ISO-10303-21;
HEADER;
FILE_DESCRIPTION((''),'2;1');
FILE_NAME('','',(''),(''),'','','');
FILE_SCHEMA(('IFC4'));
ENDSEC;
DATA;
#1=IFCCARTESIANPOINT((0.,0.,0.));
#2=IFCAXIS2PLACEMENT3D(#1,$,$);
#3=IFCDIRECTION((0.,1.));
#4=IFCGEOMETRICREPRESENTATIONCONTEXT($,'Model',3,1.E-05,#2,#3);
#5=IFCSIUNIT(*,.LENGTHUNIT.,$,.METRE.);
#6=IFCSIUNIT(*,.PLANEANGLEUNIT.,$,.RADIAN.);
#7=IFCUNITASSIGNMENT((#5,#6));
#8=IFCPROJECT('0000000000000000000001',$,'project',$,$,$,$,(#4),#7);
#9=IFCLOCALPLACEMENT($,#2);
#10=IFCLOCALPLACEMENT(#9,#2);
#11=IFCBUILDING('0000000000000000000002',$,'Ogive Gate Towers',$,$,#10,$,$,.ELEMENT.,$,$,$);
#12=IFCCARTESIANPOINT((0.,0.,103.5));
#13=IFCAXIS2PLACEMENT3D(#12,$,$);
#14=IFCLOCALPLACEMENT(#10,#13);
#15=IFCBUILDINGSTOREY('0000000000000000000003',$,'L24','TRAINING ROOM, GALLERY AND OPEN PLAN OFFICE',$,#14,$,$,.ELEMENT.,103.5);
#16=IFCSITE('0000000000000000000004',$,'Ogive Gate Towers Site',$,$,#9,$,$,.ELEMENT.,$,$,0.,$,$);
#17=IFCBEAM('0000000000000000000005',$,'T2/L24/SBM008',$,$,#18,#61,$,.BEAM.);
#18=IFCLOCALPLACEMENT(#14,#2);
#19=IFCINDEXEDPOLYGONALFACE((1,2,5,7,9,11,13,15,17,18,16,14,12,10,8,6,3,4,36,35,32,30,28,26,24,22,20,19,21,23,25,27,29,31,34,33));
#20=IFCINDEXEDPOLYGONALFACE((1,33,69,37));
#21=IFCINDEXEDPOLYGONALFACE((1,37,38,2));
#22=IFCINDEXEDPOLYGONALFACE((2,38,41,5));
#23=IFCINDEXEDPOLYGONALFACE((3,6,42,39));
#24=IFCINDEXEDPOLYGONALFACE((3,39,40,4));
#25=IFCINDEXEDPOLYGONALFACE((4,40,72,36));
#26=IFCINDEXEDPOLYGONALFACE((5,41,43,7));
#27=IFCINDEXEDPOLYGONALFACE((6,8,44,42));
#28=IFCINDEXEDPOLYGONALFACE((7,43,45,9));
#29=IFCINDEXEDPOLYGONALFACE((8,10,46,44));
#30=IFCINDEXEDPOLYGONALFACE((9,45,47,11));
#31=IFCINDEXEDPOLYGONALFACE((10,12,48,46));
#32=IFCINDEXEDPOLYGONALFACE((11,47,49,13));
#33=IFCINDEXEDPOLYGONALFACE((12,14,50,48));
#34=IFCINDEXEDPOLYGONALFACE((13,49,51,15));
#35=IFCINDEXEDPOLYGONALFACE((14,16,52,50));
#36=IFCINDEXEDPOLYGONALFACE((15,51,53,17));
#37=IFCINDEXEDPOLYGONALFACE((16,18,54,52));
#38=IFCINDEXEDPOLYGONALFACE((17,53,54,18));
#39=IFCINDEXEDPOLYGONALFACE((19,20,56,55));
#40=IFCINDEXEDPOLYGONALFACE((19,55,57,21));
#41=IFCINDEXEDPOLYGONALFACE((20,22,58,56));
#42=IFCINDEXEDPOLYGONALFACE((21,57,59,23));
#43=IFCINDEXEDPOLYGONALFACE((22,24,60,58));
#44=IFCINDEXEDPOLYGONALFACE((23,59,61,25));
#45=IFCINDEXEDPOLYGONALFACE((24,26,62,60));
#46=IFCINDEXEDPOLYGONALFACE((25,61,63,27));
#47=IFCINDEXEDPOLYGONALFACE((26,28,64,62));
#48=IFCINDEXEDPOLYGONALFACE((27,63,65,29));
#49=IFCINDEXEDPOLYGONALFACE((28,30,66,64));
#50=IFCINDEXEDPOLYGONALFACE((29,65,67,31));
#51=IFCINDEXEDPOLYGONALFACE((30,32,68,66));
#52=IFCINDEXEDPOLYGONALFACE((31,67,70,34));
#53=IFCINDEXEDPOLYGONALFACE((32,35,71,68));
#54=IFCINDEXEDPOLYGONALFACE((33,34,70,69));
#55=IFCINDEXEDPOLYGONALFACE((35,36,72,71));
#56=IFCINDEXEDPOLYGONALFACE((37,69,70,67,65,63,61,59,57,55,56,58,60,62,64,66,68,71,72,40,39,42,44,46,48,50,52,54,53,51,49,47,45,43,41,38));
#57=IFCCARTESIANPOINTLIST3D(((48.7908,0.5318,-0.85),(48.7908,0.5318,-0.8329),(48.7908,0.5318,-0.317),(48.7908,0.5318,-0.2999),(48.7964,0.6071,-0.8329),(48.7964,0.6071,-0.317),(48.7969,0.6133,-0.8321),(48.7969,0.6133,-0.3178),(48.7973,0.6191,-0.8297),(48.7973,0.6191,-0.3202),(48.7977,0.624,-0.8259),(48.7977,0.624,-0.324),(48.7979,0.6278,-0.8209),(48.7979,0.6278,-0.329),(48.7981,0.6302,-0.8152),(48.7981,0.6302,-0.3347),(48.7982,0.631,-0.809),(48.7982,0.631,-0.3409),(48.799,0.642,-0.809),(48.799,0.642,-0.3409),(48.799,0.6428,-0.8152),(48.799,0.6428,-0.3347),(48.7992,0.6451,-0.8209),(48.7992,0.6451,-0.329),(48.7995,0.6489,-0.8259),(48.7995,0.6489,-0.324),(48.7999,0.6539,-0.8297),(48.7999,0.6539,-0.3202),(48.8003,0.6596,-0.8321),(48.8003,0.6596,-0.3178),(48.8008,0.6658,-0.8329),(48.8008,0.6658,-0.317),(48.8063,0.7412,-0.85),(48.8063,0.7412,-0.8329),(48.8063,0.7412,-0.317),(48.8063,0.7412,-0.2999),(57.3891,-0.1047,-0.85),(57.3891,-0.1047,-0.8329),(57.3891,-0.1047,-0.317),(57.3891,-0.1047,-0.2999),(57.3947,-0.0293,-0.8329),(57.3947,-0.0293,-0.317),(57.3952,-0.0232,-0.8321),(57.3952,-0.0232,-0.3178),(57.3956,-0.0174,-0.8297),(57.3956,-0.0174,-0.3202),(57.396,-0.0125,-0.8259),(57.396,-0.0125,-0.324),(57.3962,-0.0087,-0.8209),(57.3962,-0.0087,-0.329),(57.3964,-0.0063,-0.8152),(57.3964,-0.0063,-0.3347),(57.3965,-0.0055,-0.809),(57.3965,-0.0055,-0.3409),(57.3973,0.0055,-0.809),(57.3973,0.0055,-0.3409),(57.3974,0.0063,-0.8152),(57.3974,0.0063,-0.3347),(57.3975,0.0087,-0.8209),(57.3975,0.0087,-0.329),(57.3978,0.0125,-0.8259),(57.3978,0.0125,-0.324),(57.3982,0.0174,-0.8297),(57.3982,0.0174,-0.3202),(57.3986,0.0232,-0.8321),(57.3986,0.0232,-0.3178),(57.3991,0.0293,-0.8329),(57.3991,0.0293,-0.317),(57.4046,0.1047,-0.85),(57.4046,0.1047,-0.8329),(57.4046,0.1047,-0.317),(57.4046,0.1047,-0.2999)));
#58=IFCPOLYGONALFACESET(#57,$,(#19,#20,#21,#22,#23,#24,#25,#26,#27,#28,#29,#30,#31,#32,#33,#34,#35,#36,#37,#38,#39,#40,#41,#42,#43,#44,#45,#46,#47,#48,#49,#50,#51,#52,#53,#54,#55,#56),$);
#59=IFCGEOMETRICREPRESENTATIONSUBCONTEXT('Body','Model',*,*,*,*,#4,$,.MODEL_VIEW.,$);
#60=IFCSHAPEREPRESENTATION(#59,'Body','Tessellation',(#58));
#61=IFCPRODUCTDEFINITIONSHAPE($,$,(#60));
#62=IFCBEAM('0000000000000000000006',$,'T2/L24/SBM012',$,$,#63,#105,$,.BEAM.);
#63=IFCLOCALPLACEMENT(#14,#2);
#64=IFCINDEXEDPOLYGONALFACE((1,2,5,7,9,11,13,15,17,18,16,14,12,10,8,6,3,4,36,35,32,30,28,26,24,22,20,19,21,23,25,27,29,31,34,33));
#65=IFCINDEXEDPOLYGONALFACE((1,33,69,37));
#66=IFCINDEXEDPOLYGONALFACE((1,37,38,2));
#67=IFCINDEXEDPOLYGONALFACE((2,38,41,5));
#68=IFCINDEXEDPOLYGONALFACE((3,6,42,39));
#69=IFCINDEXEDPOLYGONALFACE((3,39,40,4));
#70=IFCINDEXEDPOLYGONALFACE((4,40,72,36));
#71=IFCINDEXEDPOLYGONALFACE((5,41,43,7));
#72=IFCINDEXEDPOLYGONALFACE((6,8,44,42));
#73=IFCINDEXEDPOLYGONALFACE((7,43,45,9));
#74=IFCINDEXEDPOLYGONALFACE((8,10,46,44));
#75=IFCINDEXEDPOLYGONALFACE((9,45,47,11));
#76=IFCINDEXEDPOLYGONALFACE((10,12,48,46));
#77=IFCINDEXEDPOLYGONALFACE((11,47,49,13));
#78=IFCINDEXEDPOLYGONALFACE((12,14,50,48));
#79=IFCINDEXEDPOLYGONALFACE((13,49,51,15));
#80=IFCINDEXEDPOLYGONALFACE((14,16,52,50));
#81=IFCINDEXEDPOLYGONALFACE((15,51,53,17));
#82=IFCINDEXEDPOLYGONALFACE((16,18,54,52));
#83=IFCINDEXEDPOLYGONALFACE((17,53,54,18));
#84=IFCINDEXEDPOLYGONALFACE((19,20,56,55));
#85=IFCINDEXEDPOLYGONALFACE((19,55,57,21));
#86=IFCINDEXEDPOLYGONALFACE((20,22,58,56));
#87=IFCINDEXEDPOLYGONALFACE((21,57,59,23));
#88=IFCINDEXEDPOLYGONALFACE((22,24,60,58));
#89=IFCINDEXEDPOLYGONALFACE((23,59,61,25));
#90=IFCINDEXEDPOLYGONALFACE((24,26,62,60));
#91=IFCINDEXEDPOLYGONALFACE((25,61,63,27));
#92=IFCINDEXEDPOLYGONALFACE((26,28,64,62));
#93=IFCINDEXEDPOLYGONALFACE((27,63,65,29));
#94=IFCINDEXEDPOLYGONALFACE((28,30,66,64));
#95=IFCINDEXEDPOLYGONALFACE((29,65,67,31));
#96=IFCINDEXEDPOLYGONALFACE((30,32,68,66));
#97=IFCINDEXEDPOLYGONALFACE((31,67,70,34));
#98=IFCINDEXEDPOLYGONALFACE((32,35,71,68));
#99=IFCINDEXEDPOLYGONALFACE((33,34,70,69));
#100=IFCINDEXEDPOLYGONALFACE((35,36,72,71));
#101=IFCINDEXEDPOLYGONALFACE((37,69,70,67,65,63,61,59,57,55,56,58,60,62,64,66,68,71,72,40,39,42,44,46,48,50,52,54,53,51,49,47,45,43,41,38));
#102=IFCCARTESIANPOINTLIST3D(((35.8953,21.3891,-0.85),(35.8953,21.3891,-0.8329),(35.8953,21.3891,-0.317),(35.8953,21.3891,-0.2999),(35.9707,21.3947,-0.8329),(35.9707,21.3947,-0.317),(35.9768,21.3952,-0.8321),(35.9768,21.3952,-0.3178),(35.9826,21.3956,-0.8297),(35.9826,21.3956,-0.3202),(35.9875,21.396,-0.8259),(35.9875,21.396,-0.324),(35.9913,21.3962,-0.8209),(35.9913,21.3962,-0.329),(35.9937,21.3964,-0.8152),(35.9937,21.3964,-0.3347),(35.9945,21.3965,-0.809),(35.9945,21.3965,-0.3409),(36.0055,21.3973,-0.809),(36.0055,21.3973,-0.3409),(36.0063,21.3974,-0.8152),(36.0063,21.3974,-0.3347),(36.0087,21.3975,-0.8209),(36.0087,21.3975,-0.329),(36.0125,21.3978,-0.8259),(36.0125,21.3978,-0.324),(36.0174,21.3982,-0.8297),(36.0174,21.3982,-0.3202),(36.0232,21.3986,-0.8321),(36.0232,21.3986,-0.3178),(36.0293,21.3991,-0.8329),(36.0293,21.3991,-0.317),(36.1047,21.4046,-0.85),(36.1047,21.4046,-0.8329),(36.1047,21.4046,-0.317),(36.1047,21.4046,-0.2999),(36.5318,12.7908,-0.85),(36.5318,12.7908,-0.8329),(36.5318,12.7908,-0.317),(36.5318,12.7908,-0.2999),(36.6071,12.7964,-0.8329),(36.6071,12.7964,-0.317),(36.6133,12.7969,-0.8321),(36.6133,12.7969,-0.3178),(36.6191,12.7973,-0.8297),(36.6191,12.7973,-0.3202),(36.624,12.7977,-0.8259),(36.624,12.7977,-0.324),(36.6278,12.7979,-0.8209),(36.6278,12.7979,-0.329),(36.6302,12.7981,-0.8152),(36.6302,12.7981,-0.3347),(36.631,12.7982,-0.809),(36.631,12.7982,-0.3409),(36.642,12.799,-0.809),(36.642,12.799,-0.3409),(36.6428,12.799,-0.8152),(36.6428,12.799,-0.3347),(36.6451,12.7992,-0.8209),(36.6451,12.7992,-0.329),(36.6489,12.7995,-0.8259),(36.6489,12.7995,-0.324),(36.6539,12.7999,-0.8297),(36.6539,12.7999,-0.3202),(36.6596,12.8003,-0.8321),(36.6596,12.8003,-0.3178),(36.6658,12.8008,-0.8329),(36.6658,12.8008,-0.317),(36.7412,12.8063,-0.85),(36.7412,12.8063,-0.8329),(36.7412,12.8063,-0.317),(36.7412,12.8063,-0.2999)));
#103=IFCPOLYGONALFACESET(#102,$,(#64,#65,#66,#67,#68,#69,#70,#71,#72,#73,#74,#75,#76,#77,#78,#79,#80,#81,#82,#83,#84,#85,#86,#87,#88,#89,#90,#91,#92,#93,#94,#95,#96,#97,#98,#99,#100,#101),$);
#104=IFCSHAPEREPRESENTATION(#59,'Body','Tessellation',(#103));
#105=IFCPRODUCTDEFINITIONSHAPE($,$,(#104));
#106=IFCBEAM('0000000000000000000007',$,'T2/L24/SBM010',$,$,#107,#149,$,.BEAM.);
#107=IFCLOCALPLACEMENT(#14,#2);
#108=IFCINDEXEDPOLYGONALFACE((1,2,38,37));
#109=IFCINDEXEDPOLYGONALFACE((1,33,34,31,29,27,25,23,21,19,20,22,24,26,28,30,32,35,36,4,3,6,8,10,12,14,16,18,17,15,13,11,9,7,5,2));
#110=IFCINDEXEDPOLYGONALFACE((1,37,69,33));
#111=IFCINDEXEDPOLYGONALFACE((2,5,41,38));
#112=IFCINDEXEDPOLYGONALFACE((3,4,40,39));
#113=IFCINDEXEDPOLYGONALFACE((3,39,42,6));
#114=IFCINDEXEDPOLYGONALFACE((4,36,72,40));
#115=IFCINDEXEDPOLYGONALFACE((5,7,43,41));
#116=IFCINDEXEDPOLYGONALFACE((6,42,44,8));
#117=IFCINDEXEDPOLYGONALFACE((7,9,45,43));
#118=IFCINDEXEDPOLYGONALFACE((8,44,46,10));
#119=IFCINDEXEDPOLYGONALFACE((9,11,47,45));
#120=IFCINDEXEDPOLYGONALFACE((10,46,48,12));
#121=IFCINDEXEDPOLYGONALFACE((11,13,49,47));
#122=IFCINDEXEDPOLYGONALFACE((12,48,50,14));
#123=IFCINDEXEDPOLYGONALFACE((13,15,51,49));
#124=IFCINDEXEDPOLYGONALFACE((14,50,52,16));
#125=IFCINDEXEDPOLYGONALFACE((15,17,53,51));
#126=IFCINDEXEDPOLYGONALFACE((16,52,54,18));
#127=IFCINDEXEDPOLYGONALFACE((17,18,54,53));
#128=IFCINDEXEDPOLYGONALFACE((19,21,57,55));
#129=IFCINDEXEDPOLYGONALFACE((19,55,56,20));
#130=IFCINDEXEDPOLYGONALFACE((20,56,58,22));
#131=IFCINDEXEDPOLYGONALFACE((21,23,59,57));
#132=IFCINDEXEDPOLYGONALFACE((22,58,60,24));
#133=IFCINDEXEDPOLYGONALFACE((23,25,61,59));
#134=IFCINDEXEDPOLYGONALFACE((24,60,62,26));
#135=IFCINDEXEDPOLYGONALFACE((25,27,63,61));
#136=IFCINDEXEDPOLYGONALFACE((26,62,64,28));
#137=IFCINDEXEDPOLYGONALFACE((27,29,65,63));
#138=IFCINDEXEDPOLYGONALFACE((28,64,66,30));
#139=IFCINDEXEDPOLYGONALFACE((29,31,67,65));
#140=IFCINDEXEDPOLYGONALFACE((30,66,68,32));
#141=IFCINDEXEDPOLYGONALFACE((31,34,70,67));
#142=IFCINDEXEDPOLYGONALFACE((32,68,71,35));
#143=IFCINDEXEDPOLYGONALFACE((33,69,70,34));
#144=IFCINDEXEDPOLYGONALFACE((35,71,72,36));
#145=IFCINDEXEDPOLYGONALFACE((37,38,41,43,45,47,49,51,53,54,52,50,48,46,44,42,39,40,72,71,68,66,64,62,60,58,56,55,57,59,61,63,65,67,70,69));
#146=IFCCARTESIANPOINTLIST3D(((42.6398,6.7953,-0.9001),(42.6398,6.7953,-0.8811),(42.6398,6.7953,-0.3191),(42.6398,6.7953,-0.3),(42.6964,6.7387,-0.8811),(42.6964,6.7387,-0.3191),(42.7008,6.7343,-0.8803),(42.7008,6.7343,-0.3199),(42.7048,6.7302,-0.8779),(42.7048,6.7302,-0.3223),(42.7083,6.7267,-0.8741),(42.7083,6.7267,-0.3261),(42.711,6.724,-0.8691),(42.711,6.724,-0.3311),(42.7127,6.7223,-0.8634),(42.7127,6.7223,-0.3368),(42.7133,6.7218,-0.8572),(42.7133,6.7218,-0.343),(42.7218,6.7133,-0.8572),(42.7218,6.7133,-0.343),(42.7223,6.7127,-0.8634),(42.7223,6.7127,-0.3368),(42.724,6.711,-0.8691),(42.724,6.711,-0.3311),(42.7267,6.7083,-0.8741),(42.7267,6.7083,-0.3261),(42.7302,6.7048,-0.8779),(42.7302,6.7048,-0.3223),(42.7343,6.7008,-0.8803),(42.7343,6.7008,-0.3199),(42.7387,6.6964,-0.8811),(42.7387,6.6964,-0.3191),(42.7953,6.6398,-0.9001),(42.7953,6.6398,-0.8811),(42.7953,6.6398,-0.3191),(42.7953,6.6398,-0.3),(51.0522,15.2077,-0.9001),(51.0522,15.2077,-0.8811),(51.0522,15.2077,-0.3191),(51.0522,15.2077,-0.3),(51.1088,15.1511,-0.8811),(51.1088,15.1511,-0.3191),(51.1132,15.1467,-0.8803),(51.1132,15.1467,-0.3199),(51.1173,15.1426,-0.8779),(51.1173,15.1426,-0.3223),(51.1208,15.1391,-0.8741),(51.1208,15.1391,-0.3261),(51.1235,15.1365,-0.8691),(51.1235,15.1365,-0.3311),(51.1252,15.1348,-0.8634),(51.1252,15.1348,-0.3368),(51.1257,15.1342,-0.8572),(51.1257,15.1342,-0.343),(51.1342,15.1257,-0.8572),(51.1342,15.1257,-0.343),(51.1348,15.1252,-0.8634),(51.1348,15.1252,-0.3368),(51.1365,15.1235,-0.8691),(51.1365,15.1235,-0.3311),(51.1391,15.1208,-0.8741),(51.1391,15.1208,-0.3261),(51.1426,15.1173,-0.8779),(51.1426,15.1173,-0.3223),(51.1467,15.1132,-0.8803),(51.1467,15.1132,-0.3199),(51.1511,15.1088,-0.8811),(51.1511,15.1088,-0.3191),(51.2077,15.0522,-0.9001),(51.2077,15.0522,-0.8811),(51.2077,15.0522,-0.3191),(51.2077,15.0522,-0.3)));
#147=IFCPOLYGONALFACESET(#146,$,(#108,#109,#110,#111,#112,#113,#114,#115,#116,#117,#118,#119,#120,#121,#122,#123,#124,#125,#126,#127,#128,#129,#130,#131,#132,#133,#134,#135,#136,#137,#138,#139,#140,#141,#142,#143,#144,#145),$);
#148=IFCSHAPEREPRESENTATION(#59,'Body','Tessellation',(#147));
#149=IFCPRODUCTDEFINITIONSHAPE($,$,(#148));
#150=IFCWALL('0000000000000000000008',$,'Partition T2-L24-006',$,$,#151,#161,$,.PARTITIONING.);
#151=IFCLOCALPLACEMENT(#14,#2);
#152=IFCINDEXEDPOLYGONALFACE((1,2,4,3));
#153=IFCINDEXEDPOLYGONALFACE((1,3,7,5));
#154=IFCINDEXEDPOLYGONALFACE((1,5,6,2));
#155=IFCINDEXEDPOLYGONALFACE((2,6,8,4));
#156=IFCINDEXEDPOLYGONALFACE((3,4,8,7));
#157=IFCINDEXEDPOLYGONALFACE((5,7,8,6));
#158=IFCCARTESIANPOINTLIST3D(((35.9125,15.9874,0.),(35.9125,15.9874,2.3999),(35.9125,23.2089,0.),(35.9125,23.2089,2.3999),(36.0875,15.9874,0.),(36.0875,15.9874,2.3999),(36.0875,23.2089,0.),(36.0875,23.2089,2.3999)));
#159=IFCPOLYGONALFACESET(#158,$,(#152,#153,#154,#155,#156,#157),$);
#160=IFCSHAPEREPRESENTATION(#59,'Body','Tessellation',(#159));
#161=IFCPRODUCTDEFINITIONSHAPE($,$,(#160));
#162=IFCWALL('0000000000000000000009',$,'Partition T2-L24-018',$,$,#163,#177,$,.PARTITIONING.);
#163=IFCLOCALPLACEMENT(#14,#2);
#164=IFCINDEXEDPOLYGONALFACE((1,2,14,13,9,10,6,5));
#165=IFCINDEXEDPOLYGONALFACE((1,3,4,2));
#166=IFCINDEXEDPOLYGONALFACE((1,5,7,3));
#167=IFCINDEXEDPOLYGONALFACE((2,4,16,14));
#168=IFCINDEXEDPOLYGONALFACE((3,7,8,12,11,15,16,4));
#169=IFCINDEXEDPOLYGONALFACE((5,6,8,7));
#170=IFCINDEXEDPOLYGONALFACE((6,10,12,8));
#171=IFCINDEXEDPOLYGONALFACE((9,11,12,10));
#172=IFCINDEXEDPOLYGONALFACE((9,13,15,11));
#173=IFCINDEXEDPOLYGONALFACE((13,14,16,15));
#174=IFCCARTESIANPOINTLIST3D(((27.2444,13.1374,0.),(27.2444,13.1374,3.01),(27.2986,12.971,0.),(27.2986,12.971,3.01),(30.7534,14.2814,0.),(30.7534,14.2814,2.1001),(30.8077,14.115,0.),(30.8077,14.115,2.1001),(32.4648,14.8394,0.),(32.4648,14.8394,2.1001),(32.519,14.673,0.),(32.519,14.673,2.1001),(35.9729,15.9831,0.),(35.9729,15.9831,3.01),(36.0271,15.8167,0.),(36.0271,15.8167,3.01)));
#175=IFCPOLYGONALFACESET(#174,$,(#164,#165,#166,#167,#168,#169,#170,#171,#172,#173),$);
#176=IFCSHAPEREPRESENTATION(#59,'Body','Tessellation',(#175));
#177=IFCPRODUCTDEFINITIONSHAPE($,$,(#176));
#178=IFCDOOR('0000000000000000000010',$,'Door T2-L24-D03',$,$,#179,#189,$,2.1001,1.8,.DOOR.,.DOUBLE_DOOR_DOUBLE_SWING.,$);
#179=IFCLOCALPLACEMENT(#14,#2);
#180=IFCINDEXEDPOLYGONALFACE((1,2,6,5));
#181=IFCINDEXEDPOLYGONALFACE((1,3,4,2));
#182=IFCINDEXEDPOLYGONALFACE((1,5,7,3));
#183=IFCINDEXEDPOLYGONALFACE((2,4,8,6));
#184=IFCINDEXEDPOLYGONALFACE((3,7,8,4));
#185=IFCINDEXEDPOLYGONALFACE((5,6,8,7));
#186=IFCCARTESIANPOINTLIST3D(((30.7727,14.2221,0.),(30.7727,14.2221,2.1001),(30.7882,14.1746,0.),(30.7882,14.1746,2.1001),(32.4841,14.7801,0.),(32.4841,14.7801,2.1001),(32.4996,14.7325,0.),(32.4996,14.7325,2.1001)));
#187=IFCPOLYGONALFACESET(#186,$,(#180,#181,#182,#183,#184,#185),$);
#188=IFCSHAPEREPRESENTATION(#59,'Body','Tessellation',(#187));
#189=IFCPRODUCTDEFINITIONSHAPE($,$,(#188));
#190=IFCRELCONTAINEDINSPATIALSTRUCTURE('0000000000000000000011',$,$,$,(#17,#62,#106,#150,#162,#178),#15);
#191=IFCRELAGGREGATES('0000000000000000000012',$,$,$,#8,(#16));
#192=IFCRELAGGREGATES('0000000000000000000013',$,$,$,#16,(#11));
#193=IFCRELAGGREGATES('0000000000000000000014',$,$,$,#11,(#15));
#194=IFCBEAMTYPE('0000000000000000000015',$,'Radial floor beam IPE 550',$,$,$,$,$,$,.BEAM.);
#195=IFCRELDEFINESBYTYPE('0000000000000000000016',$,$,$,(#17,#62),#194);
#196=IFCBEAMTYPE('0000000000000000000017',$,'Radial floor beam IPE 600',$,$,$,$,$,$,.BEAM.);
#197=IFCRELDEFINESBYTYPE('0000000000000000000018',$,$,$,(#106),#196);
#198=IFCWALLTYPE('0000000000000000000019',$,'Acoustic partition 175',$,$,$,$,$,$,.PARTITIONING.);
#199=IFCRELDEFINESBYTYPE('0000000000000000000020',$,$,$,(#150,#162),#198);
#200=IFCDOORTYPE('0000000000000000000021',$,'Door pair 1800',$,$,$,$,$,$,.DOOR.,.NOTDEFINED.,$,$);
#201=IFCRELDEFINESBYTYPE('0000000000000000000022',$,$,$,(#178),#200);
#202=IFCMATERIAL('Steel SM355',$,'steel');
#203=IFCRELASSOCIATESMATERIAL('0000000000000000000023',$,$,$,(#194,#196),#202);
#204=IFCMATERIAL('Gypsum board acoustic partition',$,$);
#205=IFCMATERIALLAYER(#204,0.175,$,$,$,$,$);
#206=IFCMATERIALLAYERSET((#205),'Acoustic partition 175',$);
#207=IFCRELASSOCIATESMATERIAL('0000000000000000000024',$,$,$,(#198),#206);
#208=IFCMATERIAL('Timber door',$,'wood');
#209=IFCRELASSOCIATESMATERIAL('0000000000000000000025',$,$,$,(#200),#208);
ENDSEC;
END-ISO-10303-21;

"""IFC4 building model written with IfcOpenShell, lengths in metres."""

from ifc_helpers import new_model, si_unit, direction, frame, frame_2d, origin, origin_2d, place, context, subcontext, project, spatial, rectangle, i_section, extrude, material, layer, layer_set, material_profile, profile_set, type_object, element, fill, save


model = new_model("IFC4")

# Units and contexts
model_context = context("Model", 3, precision=1e-05, world=origin(), true_north=direction((0.0, 1.0)))
body_context = subcontext(model_context, "Body", "Model", "MODEL_VIEW")
ifc_project = project(units=[si_unit("LENGTHUNIT", "METRE"), si_unit("PLANEANGLEUNIT", "RADIAN")], contexts=[model_context])

# Site, building, storey
site_placement = place(None, origin())
site = spatial("IfcSite", under=ifc_project, at=site_placement, Name="Ogive Gate Towers Site", CompositionType="ELEMENT", RefElevation=0.0)
building_placement = place(site_placement, origin())
building = spatial("IfcBuilding", under=site, at=building_placement, Name="Ogive Gate Towers", CompositionType="ELEMENT")
storey_placement = place(building_placement, frame((0.0, 0.0, 103.5)))
storey = spatial("IfcBuildingStorey", under=building, at=storey_placement, Name="L24", Description="TRAINING ROOM, GALLERY AND OPEN PLAN OFFICE", CompositionType="ELEMENT", Elevation=103.5)

# Beams
ifc_material_1 = material(Name="Steel SM355", Category="steel")
ifc_material_profile_1 = material_profile(ifc_material_1, i_section(OverallWidth=0.21, OverallDepth=0.55, WebThickness=0.011, FlangeThickness=0.0171, FilletRadius=0.0239, at=origin_2d()), Name="IPE 550")
ifc_profile_set_1 = profile_set([ifc_material_profile_1], Name="Steel SM355")
beam_type_1 = type_object("IfcBeamType", Name="Radial floor beam IPE 550", PredefinedType="BEAM", material=ifc_profile_set_1)
for number, where, z_axis, x_axis, name in (
    (1, (48.7986, 0.6365, -0.575), (0.997272, -0.073821, 0.0), (0.073821, 0.997272, 0.0), "T2/L24/SBM008"),
    (2, (36.6365, 12.7986, -0.575), (-0.073821, 0.997272, 0.0), (-0.997272, -0.073821, 0.0), "T2/L24/SBM012"),
):
    element("IfcBeam", number, at=place(storey_placement, frame(where, z_axis=z_axis, x_axis=x_axis)), inside=storey, type_object=beam_type_1, Name=name, PredefinedType="BEAM", context=body_context, shape_type="SweptSolid", body=[
        extrude(i_section(OverallWidth=0.21, OverallDepth=0.55, WebThickness=0.011, FlangeThickness=0.0171, FilletRadius=0.0239, at=origin_2d()), origin(), (0.0, 0.0, 1.0), 8.6218),
    ])
ifc_material_profile_2 = material_profile(ifc_material_1, i_section(OverallWidth=0.22, OverallDepth=0.6001, WebThickness=0.012, FlangeThickness=0.019, FilletRadius=0.0239, at=origin_2d()), Name="IPE 600")
ifc_profile_set_2 = profile_set([ifc_material_profile_2], Name="Steel SM355")
beam_type_2 = type_object("IfcBeamType", Name="Radial floor beam IPE 600", PredefinedType="BEAM", material=ifc_profile_set_2)
beam_1_placement = place(storey_placement, frame((42.7175, 6.7175, -0.6001), z_axis=(0.707107, 0.707107, 0.0), x_axis=(-0.707107, 0.707107, 0.0)))
element("IfcBeam", 3, at=beam_1_placement, inside=storey, type_object=beam_type_2, Name="T2/L24/SBM010", PredefinedType="BEAM", context=body_context, shape_type="SweptSolid", body=[
    extrude(i_section(OverallWidth=0.22, OverallDepth=0.6001, WebThickness=0.012, FlangeThickness=0.019, FilletRadius=0.0239, at=origin_2d()), origin(), (0.0, 0.0, 1.0), 11.897),
])

# Wall
ifc_material_2 = material(Name="Gypsum board acoustic partition")
ifc_layer_1 = layer(ifc_material_2, 0.175)
ifc_layer_set_1 = layer_set([ifc_layer_1], Name="Acoustic partition 175")
wall_type_1 = type_object("IfcWallType", Name="Acoustic partition 175", PredefinedType="PARTITIONING", material=ifc_layer_set_1)
wall_1_placement = place(storey_placement, frame((36.0, 23.209, 0.0), z_axis=(0.0, 0.0, 1.0), x_axis=(0.0, -1.0, 0.0)))
element("IfcWall", 4, at=wall_1_placement, inside=storey, type_object=wall_type_1, Name="Partition T2-L24-006", PredefinedType="PARTITIONING", context=body_context, shape_type="SweptSolid", body=[
    extrude(rectangle(XDim=7.2214, YDim=0.175, at=frame_2d((3.6108, 0.0))), origin(), (0.0, 0.0, 1.0), 2.3999),
])

# Wall, opening, door
wall_2_placement = place(storey_placement, frame((36.0, 15.8999, 0.0), z_axis=(0.0, 0.0, 1.0), x_axis=(-0.950748, -0.309966, 0.0)))
wall_2 = element("IfcWall", 5, at=wall_2_placement, inside=storey, type_object=wall_type_1, Name="Partition T2-L24-018", PredefinedType="PARTITIONING", context=body_context, shape_type="SweptSolid", body=[
    extrude(rectangle(XDim=9.1807, YDim=0.175, at=frame_2d((4.5903, 0.0))), origin(), (0.0, 0.0, 1.0), 3.01),
])
opening_1_placement = place(wall_2_placement, frame((3.6899, 0.0, 0.0)))
opening_1 = element("IfcOpeningElement", 6, at=opening_1_placement, cuts=wall_2, PredefinedType="OPENING", context=body_context, shape_type="SweptSolid", body=[
    extrude(rectangle(XDim=1.8, YDim=2.1001, at=frame_2d((0.8999, 1.05))), frame((0.0, 0.0977, 0.0), z_axis=(0.0, -1.0, 0.0), x_axis=(1.0, 0.0, 0.0)), (0.0, 0.0, 1.0), 0.1951),
])
ifc_material_3 = material(Name="Timber door", Category="wood")
door_type_1 = type_object("IfcDoorType", Name="Door pair 1800", OperationType="NOTDEFINED", PredefinedType="DOOR", material=ifc_material_3)
door_1_placement = place(opening_1_placement, origin())
door_1 = element("IfcDoor", 7, at=door_1_placement, inside=storey, type_object=door_type_1, Name="Door T2-L24-D03", OperationType="DOUBLE_DOOR_DOUBLE_SWING", OverallHeight=2.1001, OverallWidth=1.8, PredefinedType="DOOR", context=body_context, shape_type="SweptSolid", body=[
    extrude(rectangle(XDim=1.8, YDim=2.1001, at=frame_2d((0.8999, 1.05))), frame((0.0, 0.0249, 0.0), z_axis=(0.0, -1.0, 0.0), x_axis=(1.0, 0.0, 0.0)), (0.0, 0.0, 1.0), 0.05),
])
fill(opening_1, door_1)

save(model, "model.ifc")
